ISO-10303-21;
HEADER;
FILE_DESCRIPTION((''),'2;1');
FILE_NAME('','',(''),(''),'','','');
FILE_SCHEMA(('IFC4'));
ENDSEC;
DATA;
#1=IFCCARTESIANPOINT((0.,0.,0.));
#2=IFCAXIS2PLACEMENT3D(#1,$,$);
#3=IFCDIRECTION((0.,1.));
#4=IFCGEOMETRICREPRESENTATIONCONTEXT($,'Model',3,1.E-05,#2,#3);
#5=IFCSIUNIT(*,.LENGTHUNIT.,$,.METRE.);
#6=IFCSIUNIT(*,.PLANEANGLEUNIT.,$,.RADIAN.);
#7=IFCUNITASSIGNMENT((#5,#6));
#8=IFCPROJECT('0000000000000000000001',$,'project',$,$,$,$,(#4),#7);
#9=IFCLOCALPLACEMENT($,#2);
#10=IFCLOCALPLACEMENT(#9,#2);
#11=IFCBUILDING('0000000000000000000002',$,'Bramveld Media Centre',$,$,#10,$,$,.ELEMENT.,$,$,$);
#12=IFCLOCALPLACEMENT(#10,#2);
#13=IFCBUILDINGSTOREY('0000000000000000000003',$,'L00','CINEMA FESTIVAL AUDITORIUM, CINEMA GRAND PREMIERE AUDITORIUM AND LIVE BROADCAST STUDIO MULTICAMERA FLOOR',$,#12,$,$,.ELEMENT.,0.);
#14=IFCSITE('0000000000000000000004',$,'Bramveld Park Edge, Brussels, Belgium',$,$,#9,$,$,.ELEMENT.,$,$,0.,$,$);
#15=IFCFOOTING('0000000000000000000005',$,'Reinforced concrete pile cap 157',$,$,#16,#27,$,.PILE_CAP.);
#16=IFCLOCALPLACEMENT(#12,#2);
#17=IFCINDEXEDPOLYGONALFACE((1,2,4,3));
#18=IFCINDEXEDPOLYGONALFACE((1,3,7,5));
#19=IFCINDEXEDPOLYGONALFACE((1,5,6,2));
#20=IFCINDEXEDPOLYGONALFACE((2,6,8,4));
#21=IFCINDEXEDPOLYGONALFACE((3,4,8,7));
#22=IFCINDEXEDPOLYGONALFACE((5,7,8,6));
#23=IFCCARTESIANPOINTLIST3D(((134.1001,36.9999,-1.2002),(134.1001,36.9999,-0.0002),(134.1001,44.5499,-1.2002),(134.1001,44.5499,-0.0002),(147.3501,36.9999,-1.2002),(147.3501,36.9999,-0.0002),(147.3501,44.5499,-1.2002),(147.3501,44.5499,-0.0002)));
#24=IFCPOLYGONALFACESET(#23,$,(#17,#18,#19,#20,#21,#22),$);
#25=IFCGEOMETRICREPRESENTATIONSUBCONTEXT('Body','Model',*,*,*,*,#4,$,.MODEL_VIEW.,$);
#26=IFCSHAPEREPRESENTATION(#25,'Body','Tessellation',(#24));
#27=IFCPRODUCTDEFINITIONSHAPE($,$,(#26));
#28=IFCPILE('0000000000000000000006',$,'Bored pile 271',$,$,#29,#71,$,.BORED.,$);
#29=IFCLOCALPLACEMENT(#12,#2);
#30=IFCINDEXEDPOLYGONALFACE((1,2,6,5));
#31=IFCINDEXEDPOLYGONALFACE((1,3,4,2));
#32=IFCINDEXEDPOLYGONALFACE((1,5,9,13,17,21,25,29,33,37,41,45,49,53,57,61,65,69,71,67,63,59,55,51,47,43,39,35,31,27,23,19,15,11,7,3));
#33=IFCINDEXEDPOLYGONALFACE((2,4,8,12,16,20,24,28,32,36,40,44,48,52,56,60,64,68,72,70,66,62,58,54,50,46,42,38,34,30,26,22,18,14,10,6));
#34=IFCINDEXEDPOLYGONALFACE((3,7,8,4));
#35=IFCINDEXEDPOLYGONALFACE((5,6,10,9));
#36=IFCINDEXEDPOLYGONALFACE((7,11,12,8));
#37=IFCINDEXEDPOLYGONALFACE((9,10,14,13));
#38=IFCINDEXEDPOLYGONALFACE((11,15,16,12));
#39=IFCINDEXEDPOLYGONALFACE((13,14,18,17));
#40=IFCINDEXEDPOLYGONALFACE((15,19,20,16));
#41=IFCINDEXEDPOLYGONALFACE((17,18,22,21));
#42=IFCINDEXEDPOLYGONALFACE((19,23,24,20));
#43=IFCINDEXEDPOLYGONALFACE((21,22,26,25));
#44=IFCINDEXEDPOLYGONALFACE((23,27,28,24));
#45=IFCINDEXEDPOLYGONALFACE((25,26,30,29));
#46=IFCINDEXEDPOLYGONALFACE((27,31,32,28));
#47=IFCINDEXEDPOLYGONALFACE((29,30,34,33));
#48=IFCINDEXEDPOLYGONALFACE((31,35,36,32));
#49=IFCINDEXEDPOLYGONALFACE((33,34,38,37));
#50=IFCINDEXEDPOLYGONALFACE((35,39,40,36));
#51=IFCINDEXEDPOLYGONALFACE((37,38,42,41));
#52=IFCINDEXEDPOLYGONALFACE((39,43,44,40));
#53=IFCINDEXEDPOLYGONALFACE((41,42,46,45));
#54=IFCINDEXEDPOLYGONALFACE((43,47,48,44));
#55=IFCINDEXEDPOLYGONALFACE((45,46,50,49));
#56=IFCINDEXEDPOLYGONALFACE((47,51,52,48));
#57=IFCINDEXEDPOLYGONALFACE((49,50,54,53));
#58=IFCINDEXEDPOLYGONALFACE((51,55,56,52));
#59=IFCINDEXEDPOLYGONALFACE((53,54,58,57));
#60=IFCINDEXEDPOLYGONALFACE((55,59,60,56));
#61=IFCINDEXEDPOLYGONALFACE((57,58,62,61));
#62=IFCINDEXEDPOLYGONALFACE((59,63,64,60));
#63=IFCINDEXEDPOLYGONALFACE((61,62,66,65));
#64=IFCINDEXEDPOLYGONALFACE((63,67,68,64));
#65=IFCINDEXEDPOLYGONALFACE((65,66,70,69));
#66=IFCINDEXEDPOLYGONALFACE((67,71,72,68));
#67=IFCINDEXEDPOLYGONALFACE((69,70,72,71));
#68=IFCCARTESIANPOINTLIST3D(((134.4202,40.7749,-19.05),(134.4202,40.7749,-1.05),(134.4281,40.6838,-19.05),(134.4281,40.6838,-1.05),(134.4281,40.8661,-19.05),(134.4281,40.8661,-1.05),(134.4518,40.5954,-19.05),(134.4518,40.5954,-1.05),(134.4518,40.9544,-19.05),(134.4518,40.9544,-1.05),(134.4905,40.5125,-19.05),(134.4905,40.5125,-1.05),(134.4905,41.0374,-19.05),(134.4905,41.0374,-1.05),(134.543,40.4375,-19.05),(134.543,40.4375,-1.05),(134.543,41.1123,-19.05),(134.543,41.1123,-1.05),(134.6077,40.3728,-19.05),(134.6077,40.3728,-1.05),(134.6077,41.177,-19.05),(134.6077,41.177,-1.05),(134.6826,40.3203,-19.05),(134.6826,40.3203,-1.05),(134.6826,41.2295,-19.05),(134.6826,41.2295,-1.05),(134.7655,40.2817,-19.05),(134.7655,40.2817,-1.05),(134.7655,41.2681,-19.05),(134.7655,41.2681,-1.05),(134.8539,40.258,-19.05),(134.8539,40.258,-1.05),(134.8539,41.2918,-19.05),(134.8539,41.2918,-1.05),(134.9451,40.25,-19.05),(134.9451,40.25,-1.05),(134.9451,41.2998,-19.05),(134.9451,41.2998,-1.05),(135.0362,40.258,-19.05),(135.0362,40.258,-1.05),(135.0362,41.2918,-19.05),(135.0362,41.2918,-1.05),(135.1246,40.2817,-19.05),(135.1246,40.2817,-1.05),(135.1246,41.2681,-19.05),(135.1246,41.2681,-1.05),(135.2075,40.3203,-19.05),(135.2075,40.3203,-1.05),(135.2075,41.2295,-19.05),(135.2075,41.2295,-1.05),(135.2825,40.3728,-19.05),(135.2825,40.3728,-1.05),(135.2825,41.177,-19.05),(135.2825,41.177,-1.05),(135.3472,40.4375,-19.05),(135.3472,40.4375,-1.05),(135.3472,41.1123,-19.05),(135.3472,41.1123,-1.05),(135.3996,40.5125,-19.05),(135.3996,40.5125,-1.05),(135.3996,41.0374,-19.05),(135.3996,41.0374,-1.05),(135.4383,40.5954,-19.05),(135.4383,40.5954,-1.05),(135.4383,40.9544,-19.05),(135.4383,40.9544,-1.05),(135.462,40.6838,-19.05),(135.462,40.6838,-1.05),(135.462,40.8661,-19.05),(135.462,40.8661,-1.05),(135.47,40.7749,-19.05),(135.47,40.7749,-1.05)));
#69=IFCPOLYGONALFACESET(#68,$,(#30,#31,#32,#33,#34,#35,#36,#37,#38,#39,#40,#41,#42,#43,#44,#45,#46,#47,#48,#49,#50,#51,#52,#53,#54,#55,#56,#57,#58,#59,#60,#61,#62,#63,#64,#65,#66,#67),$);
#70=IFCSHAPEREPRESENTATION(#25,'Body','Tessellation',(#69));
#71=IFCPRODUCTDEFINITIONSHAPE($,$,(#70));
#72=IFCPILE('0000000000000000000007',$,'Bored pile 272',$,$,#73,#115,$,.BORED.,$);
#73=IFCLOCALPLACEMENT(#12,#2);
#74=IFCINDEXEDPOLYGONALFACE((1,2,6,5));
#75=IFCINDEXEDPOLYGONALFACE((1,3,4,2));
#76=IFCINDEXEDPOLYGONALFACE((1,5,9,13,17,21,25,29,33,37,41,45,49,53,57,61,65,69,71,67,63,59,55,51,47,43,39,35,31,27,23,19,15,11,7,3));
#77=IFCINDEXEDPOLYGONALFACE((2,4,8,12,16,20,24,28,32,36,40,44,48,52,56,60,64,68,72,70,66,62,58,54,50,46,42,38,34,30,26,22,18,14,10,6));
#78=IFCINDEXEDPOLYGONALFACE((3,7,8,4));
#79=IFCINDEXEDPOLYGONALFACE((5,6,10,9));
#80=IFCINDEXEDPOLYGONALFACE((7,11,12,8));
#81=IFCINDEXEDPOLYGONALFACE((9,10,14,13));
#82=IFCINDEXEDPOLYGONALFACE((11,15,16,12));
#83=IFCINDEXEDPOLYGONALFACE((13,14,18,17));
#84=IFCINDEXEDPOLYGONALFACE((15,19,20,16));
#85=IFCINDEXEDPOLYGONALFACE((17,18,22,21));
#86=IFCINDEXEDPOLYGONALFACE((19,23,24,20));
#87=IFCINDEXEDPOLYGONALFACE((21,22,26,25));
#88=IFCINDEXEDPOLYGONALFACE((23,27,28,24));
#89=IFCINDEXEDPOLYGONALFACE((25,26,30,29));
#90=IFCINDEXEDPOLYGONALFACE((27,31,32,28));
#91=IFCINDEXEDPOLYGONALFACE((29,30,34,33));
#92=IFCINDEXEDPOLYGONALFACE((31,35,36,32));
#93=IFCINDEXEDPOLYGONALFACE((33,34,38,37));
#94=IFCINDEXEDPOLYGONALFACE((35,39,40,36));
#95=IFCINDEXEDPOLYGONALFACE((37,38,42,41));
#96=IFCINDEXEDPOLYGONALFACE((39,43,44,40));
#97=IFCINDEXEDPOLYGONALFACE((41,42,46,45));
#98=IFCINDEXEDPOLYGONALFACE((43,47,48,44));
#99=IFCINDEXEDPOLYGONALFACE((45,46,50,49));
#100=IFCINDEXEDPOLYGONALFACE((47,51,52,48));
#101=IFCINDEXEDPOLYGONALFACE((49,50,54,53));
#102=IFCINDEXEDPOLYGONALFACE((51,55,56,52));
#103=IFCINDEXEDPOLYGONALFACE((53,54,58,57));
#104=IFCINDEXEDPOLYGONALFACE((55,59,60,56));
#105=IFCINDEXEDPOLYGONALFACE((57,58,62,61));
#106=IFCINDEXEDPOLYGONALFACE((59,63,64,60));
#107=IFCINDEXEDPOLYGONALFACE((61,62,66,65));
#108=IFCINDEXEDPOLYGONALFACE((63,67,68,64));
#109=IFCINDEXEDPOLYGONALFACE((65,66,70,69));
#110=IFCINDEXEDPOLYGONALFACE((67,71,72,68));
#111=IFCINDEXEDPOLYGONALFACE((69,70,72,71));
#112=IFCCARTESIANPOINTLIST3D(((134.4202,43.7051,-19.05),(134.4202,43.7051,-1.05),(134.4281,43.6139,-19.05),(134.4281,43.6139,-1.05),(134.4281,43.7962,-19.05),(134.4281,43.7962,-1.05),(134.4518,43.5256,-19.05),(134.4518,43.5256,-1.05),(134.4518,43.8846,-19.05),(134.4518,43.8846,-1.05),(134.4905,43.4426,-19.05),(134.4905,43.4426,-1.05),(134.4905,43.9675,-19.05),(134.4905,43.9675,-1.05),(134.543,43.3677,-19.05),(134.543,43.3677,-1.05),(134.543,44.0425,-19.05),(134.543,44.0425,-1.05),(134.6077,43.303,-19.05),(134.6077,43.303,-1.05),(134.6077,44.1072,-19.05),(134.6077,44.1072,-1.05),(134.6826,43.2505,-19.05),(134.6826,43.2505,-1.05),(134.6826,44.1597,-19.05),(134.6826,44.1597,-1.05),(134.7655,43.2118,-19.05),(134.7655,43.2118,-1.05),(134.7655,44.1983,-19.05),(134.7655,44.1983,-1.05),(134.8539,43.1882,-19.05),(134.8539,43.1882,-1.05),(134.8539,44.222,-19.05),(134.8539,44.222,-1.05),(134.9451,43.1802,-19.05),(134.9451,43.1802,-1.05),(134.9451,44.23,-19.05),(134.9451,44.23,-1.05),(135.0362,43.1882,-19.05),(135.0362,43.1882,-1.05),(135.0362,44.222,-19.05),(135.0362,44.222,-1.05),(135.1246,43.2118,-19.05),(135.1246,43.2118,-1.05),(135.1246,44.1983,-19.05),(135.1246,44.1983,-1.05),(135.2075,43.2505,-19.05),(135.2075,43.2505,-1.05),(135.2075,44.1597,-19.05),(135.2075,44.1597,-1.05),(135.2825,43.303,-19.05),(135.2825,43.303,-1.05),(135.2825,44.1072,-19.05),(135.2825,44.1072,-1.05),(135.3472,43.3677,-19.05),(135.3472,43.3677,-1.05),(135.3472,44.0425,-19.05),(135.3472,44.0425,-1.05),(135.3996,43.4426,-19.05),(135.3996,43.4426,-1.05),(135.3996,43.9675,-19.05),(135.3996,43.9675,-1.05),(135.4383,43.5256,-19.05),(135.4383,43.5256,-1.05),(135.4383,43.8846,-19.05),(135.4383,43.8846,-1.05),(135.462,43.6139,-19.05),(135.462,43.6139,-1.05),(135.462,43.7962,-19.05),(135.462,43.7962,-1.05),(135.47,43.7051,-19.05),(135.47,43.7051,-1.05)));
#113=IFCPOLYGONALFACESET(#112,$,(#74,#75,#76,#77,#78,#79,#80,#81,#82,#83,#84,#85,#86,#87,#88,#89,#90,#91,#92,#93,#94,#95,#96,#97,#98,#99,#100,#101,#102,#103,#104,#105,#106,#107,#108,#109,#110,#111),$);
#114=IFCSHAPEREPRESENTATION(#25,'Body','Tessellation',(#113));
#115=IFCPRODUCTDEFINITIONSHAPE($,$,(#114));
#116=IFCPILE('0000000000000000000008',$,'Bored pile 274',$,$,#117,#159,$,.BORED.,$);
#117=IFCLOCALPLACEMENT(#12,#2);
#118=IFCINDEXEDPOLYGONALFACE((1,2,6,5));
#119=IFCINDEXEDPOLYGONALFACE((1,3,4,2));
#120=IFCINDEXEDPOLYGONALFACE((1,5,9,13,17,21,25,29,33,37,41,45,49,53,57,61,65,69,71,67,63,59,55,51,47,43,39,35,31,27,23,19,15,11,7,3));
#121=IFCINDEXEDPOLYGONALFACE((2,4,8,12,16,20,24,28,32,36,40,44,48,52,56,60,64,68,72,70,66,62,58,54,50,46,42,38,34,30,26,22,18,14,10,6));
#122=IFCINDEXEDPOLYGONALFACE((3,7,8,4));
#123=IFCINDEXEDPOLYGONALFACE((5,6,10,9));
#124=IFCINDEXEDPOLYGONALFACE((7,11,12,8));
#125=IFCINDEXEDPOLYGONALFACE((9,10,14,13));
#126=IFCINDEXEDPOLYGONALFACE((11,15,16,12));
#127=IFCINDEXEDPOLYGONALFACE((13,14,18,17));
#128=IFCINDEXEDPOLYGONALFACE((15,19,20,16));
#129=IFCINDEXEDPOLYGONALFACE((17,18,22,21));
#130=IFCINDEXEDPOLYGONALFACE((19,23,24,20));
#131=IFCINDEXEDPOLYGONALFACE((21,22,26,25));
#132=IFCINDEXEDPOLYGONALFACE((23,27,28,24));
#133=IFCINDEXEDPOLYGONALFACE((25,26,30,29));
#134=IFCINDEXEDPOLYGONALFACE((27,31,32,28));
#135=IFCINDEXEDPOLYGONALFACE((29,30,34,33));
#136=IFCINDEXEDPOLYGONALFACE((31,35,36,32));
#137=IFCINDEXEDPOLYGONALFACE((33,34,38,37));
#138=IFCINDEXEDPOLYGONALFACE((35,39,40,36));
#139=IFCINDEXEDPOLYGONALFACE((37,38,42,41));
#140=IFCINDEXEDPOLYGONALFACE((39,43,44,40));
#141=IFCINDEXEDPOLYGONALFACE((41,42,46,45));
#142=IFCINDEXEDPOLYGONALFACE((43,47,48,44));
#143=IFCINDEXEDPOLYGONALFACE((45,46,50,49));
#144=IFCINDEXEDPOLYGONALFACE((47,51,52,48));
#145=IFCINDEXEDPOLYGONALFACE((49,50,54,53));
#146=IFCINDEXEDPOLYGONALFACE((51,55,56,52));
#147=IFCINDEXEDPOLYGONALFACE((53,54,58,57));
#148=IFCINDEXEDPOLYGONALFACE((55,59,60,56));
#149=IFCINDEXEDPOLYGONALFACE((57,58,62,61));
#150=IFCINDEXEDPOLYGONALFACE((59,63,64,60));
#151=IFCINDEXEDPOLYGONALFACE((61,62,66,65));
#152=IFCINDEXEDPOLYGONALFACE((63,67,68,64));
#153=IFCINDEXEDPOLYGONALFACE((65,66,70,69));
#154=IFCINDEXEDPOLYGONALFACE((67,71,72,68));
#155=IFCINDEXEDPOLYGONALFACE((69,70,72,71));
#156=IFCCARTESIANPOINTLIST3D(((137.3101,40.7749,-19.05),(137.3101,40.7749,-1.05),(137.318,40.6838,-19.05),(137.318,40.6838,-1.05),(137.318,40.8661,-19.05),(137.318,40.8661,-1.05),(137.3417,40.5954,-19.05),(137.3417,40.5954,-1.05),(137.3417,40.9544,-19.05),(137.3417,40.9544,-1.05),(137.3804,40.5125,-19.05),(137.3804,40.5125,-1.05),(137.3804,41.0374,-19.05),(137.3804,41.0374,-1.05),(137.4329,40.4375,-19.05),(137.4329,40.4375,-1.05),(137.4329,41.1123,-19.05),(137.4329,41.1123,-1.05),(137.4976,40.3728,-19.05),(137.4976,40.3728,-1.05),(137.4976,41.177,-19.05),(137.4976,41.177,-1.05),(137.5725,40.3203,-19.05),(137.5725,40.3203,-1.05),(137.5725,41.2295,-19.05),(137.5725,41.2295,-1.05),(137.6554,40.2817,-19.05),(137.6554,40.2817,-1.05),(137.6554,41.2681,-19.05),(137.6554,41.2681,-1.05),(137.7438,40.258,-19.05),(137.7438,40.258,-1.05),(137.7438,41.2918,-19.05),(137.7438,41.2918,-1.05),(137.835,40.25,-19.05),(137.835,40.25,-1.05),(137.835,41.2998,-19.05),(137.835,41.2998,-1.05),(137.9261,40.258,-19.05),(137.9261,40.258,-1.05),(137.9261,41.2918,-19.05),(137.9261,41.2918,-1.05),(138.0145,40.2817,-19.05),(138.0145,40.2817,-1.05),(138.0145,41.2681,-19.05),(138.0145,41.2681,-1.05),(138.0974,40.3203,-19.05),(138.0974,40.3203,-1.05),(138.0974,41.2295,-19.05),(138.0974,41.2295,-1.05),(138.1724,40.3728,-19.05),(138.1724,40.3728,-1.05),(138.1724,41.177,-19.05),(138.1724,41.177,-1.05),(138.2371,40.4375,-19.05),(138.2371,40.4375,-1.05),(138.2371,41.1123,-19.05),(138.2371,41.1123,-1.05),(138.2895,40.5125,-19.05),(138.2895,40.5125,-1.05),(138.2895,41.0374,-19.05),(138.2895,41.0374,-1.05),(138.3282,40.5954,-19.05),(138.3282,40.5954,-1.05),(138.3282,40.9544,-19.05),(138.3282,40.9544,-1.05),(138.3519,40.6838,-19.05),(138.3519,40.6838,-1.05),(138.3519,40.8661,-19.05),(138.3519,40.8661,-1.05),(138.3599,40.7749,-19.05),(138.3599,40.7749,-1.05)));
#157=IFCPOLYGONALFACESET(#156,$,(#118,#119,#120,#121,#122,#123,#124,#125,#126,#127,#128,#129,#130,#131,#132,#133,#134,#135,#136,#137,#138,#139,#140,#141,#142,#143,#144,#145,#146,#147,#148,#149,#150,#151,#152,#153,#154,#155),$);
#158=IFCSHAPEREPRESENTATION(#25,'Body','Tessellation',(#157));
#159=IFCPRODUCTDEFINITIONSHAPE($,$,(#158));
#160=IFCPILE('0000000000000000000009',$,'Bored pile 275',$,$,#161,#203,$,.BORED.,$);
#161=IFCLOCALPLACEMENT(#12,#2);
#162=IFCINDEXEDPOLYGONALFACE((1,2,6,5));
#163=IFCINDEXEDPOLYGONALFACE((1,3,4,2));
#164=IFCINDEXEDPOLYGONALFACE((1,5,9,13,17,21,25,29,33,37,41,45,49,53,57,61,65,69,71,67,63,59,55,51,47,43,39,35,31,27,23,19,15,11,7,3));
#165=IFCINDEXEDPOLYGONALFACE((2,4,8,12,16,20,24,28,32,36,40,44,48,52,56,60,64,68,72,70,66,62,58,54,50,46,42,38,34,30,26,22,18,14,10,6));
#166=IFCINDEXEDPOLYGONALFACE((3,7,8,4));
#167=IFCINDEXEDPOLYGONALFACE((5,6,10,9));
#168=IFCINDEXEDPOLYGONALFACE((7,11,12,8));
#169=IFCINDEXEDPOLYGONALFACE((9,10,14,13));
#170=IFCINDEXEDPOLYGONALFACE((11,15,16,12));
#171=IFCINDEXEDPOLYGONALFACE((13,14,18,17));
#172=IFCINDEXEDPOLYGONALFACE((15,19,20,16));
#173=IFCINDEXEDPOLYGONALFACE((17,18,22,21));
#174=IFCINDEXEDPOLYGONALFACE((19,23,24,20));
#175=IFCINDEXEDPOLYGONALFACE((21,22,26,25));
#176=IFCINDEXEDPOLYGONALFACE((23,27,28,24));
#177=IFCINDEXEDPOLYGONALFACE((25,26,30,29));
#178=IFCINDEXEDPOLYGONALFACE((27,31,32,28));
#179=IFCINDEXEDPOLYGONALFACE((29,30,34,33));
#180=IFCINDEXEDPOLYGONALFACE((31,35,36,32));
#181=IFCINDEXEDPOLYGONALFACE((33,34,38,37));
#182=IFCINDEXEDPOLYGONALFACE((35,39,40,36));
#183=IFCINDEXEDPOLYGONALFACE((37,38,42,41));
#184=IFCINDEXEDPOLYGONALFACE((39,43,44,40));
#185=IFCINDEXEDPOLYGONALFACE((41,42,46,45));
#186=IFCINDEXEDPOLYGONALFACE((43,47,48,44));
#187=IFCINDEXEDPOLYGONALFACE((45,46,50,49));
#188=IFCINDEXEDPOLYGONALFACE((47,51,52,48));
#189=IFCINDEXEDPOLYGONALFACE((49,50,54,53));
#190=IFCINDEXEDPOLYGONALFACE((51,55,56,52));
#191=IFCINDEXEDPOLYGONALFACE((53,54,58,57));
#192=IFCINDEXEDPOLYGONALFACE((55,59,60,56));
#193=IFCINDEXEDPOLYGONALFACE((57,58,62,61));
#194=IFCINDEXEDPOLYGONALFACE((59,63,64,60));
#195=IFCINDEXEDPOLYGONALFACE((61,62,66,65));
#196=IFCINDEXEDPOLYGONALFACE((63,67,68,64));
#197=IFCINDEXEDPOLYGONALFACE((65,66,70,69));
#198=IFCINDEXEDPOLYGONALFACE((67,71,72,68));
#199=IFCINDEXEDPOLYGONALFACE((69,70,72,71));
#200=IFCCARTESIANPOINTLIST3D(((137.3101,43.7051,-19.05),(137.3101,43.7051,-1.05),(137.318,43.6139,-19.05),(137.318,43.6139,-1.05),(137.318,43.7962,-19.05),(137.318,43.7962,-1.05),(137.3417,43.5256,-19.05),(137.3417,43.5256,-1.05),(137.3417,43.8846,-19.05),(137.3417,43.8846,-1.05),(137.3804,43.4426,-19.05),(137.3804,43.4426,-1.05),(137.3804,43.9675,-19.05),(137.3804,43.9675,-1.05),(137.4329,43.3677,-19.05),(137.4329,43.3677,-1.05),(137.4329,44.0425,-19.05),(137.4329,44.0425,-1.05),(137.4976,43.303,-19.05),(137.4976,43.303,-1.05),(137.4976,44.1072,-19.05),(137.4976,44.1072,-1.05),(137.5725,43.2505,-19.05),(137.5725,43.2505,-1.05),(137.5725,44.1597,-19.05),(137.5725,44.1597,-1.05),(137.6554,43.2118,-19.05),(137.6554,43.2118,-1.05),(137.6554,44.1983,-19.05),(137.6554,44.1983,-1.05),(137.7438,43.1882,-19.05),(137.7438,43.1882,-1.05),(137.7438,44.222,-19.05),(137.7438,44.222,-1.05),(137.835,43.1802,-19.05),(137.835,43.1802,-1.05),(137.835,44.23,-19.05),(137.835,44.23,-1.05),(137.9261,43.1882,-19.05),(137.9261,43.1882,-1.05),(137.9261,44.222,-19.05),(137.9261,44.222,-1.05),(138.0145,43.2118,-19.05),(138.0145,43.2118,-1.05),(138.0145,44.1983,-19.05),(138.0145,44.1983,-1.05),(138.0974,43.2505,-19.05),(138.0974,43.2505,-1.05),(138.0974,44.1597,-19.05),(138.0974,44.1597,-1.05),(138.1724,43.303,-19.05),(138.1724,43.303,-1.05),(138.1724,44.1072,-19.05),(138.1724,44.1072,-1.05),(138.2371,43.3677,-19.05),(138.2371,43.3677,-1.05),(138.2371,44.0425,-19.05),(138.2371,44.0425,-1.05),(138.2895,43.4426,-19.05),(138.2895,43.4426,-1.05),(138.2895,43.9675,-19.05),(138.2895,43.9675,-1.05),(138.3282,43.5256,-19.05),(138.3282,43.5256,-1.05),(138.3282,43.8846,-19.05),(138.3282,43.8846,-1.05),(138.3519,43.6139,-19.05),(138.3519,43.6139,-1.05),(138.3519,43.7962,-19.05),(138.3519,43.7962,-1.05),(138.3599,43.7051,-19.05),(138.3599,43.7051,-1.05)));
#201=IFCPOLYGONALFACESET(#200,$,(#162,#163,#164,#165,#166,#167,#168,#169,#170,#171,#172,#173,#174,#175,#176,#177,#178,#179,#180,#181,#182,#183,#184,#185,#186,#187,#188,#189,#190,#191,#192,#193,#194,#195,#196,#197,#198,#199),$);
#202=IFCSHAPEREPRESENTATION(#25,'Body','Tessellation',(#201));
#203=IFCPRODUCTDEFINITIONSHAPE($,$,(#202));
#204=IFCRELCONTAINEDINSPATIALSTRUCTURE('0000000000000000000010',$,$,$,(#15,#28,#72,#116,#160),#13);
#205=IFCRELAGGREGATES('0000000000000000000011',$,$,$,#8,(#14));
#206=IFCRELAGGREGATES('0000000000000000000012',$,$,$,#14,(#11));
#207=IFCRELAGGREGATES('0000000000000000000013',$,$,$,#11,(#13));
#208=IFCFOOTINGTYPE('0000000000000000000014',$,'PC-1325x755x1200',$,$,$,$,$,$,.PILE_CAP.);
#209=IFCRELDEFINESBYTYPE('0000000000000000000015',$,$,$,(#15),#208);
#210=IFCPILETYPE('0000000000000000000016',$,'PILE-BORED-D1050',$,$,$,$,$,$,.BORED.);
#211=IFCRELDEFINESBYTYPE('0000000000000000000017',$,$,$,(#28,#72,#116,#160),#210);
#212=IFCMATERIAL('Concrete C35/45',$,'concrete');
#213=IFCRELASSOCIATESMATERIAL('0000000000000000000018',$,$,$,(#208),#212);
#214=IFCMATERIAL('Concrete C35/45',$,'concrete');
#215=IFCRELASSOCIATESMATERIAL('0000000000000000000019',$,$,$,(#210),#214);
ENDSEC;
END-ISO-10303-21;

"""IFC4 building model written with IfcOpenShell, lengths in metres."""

from ifc_helpers import new_model, si_unit, direction, frame, origin, origin_2d, place, context, subcontext, project, spatial, rectangle, circle, extrude, material, material_profile, profile_set, type_object, element, save


model = new_model("IFC4")

# Units and contexts
model_context = context("Model", 3, precision=1e-05, world=origin(), true_north=direction((0.0, 1.0)))
body_context = subcontext(model_context, "Body", "Model", "MODEL_VIEW")
ifc_project = project(units=[si_unit("LENGTHUNIT", "METRE"), si_unit("PLANEANGLEUNIT", "RADIAN")], contexts=[model_context])

# Site, building, storey
site_placement = place(None, origin())
site = spatial("IfcSite", under=ifc_project, at=site_placement, Name="Bramveld Park Edge, Brussels, Belgium", CompositionType="ELEMENT", RefElevation=0.0)
building_placement = place(site_placement, origin())
building = spatial("IfcBuilding", under=site, at=building_placement, Name="Bramveld Media Centre", CompositionType="ELEMENT")
storey_placement = place(building_placement, origin())
storey = spatial("IfcBuildingStorey", under=building, at=storey_placement, Name="L00", Description="CINEMA FESTIVAL AUDITORIUM, CINEMA GRAND PREMIERE AUDITORIUM AND LIVE BROADCAST STUDIO MULTICAMERA FLOOR", CompositionType="ELEMENT", Elevation=0.0)

# Footing
ifc_material_1 = material(Name="Concrete C35/45", Category="concrete")
footing_type = type_object("IfcFootingType", Name="PC-1325x755x1200", PredefinedType="PILE_CAP", material=ifc_material_1)
footing_placement = place(storey_placement, frame((140.7251, 40.7749, -1.2002), z_axis=(0.0, 0.0, 1.0), x_axis=(1.0, 0.0, 0.0)))
element("IfcFooting", 1, at=footing_placement, inside=storey, type_object=footing_type, Name="Reinforced concrete pile cap 157", PredefinedType="PILE_CAP", context=body_context, shape_type="SweptSolid", body=[
    extrude(rectangle(XDim=13.25, YDim=7.55, at=origin_2d()), origin(), (0.0, 0.0, 1.0), 1.2),
])

# Piles
ifc_material_2 = material(Name="Concrete C35/45", Category="concrete")
ifc_material_profile_1 = material_profile(ifc_material_2, circle(Radius=0.5249, at=origin_2d()), Name="BORED D1050")
ifc_profile_set_1 = profile_set([ifc_material_profile_1], Name="Concrete C35/45")
pile_type = type_object("IfcPileType", Name="PILE-BORED-D1050", PredefinedType="BORED", material=ifc_profile_set_1)
for number, where, z_axis, x_axis, name in (
    (2, (134.9451, 40.7749, -1.05), (0.0, 0.0, -1.0), (1.0, 0.0, 0.0), "Bored pile 271"),
    (3, (134.9451, 43.7051, -1.05), (0.0, 0.0, -1.0), (1.0, 0.0, 0.0), "Bored pile 272"),
    (4, (137.835, 40.7749, -1.05), (0.0, 0.0, -1.0), (1.0, 0.0, 0.0), "Bored pile 274"),
    (5, (137.835, 43.7051, -1.05), (0.0, 0.0, -1.0), (1.0, 0.0, 0.0), "Bored pile 275"),
):
    element("IfcPile", number, at=place(storey_placement, frame(where, z_axis=z_axis, x_axis=x_axis)), inside=storey, type_object=pile_type, Name=name, PredefinedType="BORED", context=body_context, shape_type="SweptSolid", body=[
        extrude(circle(Radius=0.5249, at=origin_2d()), origin(), (0.0, 0.0, 1.0), 18.0),
    ])

save(model, "model.ifc")
